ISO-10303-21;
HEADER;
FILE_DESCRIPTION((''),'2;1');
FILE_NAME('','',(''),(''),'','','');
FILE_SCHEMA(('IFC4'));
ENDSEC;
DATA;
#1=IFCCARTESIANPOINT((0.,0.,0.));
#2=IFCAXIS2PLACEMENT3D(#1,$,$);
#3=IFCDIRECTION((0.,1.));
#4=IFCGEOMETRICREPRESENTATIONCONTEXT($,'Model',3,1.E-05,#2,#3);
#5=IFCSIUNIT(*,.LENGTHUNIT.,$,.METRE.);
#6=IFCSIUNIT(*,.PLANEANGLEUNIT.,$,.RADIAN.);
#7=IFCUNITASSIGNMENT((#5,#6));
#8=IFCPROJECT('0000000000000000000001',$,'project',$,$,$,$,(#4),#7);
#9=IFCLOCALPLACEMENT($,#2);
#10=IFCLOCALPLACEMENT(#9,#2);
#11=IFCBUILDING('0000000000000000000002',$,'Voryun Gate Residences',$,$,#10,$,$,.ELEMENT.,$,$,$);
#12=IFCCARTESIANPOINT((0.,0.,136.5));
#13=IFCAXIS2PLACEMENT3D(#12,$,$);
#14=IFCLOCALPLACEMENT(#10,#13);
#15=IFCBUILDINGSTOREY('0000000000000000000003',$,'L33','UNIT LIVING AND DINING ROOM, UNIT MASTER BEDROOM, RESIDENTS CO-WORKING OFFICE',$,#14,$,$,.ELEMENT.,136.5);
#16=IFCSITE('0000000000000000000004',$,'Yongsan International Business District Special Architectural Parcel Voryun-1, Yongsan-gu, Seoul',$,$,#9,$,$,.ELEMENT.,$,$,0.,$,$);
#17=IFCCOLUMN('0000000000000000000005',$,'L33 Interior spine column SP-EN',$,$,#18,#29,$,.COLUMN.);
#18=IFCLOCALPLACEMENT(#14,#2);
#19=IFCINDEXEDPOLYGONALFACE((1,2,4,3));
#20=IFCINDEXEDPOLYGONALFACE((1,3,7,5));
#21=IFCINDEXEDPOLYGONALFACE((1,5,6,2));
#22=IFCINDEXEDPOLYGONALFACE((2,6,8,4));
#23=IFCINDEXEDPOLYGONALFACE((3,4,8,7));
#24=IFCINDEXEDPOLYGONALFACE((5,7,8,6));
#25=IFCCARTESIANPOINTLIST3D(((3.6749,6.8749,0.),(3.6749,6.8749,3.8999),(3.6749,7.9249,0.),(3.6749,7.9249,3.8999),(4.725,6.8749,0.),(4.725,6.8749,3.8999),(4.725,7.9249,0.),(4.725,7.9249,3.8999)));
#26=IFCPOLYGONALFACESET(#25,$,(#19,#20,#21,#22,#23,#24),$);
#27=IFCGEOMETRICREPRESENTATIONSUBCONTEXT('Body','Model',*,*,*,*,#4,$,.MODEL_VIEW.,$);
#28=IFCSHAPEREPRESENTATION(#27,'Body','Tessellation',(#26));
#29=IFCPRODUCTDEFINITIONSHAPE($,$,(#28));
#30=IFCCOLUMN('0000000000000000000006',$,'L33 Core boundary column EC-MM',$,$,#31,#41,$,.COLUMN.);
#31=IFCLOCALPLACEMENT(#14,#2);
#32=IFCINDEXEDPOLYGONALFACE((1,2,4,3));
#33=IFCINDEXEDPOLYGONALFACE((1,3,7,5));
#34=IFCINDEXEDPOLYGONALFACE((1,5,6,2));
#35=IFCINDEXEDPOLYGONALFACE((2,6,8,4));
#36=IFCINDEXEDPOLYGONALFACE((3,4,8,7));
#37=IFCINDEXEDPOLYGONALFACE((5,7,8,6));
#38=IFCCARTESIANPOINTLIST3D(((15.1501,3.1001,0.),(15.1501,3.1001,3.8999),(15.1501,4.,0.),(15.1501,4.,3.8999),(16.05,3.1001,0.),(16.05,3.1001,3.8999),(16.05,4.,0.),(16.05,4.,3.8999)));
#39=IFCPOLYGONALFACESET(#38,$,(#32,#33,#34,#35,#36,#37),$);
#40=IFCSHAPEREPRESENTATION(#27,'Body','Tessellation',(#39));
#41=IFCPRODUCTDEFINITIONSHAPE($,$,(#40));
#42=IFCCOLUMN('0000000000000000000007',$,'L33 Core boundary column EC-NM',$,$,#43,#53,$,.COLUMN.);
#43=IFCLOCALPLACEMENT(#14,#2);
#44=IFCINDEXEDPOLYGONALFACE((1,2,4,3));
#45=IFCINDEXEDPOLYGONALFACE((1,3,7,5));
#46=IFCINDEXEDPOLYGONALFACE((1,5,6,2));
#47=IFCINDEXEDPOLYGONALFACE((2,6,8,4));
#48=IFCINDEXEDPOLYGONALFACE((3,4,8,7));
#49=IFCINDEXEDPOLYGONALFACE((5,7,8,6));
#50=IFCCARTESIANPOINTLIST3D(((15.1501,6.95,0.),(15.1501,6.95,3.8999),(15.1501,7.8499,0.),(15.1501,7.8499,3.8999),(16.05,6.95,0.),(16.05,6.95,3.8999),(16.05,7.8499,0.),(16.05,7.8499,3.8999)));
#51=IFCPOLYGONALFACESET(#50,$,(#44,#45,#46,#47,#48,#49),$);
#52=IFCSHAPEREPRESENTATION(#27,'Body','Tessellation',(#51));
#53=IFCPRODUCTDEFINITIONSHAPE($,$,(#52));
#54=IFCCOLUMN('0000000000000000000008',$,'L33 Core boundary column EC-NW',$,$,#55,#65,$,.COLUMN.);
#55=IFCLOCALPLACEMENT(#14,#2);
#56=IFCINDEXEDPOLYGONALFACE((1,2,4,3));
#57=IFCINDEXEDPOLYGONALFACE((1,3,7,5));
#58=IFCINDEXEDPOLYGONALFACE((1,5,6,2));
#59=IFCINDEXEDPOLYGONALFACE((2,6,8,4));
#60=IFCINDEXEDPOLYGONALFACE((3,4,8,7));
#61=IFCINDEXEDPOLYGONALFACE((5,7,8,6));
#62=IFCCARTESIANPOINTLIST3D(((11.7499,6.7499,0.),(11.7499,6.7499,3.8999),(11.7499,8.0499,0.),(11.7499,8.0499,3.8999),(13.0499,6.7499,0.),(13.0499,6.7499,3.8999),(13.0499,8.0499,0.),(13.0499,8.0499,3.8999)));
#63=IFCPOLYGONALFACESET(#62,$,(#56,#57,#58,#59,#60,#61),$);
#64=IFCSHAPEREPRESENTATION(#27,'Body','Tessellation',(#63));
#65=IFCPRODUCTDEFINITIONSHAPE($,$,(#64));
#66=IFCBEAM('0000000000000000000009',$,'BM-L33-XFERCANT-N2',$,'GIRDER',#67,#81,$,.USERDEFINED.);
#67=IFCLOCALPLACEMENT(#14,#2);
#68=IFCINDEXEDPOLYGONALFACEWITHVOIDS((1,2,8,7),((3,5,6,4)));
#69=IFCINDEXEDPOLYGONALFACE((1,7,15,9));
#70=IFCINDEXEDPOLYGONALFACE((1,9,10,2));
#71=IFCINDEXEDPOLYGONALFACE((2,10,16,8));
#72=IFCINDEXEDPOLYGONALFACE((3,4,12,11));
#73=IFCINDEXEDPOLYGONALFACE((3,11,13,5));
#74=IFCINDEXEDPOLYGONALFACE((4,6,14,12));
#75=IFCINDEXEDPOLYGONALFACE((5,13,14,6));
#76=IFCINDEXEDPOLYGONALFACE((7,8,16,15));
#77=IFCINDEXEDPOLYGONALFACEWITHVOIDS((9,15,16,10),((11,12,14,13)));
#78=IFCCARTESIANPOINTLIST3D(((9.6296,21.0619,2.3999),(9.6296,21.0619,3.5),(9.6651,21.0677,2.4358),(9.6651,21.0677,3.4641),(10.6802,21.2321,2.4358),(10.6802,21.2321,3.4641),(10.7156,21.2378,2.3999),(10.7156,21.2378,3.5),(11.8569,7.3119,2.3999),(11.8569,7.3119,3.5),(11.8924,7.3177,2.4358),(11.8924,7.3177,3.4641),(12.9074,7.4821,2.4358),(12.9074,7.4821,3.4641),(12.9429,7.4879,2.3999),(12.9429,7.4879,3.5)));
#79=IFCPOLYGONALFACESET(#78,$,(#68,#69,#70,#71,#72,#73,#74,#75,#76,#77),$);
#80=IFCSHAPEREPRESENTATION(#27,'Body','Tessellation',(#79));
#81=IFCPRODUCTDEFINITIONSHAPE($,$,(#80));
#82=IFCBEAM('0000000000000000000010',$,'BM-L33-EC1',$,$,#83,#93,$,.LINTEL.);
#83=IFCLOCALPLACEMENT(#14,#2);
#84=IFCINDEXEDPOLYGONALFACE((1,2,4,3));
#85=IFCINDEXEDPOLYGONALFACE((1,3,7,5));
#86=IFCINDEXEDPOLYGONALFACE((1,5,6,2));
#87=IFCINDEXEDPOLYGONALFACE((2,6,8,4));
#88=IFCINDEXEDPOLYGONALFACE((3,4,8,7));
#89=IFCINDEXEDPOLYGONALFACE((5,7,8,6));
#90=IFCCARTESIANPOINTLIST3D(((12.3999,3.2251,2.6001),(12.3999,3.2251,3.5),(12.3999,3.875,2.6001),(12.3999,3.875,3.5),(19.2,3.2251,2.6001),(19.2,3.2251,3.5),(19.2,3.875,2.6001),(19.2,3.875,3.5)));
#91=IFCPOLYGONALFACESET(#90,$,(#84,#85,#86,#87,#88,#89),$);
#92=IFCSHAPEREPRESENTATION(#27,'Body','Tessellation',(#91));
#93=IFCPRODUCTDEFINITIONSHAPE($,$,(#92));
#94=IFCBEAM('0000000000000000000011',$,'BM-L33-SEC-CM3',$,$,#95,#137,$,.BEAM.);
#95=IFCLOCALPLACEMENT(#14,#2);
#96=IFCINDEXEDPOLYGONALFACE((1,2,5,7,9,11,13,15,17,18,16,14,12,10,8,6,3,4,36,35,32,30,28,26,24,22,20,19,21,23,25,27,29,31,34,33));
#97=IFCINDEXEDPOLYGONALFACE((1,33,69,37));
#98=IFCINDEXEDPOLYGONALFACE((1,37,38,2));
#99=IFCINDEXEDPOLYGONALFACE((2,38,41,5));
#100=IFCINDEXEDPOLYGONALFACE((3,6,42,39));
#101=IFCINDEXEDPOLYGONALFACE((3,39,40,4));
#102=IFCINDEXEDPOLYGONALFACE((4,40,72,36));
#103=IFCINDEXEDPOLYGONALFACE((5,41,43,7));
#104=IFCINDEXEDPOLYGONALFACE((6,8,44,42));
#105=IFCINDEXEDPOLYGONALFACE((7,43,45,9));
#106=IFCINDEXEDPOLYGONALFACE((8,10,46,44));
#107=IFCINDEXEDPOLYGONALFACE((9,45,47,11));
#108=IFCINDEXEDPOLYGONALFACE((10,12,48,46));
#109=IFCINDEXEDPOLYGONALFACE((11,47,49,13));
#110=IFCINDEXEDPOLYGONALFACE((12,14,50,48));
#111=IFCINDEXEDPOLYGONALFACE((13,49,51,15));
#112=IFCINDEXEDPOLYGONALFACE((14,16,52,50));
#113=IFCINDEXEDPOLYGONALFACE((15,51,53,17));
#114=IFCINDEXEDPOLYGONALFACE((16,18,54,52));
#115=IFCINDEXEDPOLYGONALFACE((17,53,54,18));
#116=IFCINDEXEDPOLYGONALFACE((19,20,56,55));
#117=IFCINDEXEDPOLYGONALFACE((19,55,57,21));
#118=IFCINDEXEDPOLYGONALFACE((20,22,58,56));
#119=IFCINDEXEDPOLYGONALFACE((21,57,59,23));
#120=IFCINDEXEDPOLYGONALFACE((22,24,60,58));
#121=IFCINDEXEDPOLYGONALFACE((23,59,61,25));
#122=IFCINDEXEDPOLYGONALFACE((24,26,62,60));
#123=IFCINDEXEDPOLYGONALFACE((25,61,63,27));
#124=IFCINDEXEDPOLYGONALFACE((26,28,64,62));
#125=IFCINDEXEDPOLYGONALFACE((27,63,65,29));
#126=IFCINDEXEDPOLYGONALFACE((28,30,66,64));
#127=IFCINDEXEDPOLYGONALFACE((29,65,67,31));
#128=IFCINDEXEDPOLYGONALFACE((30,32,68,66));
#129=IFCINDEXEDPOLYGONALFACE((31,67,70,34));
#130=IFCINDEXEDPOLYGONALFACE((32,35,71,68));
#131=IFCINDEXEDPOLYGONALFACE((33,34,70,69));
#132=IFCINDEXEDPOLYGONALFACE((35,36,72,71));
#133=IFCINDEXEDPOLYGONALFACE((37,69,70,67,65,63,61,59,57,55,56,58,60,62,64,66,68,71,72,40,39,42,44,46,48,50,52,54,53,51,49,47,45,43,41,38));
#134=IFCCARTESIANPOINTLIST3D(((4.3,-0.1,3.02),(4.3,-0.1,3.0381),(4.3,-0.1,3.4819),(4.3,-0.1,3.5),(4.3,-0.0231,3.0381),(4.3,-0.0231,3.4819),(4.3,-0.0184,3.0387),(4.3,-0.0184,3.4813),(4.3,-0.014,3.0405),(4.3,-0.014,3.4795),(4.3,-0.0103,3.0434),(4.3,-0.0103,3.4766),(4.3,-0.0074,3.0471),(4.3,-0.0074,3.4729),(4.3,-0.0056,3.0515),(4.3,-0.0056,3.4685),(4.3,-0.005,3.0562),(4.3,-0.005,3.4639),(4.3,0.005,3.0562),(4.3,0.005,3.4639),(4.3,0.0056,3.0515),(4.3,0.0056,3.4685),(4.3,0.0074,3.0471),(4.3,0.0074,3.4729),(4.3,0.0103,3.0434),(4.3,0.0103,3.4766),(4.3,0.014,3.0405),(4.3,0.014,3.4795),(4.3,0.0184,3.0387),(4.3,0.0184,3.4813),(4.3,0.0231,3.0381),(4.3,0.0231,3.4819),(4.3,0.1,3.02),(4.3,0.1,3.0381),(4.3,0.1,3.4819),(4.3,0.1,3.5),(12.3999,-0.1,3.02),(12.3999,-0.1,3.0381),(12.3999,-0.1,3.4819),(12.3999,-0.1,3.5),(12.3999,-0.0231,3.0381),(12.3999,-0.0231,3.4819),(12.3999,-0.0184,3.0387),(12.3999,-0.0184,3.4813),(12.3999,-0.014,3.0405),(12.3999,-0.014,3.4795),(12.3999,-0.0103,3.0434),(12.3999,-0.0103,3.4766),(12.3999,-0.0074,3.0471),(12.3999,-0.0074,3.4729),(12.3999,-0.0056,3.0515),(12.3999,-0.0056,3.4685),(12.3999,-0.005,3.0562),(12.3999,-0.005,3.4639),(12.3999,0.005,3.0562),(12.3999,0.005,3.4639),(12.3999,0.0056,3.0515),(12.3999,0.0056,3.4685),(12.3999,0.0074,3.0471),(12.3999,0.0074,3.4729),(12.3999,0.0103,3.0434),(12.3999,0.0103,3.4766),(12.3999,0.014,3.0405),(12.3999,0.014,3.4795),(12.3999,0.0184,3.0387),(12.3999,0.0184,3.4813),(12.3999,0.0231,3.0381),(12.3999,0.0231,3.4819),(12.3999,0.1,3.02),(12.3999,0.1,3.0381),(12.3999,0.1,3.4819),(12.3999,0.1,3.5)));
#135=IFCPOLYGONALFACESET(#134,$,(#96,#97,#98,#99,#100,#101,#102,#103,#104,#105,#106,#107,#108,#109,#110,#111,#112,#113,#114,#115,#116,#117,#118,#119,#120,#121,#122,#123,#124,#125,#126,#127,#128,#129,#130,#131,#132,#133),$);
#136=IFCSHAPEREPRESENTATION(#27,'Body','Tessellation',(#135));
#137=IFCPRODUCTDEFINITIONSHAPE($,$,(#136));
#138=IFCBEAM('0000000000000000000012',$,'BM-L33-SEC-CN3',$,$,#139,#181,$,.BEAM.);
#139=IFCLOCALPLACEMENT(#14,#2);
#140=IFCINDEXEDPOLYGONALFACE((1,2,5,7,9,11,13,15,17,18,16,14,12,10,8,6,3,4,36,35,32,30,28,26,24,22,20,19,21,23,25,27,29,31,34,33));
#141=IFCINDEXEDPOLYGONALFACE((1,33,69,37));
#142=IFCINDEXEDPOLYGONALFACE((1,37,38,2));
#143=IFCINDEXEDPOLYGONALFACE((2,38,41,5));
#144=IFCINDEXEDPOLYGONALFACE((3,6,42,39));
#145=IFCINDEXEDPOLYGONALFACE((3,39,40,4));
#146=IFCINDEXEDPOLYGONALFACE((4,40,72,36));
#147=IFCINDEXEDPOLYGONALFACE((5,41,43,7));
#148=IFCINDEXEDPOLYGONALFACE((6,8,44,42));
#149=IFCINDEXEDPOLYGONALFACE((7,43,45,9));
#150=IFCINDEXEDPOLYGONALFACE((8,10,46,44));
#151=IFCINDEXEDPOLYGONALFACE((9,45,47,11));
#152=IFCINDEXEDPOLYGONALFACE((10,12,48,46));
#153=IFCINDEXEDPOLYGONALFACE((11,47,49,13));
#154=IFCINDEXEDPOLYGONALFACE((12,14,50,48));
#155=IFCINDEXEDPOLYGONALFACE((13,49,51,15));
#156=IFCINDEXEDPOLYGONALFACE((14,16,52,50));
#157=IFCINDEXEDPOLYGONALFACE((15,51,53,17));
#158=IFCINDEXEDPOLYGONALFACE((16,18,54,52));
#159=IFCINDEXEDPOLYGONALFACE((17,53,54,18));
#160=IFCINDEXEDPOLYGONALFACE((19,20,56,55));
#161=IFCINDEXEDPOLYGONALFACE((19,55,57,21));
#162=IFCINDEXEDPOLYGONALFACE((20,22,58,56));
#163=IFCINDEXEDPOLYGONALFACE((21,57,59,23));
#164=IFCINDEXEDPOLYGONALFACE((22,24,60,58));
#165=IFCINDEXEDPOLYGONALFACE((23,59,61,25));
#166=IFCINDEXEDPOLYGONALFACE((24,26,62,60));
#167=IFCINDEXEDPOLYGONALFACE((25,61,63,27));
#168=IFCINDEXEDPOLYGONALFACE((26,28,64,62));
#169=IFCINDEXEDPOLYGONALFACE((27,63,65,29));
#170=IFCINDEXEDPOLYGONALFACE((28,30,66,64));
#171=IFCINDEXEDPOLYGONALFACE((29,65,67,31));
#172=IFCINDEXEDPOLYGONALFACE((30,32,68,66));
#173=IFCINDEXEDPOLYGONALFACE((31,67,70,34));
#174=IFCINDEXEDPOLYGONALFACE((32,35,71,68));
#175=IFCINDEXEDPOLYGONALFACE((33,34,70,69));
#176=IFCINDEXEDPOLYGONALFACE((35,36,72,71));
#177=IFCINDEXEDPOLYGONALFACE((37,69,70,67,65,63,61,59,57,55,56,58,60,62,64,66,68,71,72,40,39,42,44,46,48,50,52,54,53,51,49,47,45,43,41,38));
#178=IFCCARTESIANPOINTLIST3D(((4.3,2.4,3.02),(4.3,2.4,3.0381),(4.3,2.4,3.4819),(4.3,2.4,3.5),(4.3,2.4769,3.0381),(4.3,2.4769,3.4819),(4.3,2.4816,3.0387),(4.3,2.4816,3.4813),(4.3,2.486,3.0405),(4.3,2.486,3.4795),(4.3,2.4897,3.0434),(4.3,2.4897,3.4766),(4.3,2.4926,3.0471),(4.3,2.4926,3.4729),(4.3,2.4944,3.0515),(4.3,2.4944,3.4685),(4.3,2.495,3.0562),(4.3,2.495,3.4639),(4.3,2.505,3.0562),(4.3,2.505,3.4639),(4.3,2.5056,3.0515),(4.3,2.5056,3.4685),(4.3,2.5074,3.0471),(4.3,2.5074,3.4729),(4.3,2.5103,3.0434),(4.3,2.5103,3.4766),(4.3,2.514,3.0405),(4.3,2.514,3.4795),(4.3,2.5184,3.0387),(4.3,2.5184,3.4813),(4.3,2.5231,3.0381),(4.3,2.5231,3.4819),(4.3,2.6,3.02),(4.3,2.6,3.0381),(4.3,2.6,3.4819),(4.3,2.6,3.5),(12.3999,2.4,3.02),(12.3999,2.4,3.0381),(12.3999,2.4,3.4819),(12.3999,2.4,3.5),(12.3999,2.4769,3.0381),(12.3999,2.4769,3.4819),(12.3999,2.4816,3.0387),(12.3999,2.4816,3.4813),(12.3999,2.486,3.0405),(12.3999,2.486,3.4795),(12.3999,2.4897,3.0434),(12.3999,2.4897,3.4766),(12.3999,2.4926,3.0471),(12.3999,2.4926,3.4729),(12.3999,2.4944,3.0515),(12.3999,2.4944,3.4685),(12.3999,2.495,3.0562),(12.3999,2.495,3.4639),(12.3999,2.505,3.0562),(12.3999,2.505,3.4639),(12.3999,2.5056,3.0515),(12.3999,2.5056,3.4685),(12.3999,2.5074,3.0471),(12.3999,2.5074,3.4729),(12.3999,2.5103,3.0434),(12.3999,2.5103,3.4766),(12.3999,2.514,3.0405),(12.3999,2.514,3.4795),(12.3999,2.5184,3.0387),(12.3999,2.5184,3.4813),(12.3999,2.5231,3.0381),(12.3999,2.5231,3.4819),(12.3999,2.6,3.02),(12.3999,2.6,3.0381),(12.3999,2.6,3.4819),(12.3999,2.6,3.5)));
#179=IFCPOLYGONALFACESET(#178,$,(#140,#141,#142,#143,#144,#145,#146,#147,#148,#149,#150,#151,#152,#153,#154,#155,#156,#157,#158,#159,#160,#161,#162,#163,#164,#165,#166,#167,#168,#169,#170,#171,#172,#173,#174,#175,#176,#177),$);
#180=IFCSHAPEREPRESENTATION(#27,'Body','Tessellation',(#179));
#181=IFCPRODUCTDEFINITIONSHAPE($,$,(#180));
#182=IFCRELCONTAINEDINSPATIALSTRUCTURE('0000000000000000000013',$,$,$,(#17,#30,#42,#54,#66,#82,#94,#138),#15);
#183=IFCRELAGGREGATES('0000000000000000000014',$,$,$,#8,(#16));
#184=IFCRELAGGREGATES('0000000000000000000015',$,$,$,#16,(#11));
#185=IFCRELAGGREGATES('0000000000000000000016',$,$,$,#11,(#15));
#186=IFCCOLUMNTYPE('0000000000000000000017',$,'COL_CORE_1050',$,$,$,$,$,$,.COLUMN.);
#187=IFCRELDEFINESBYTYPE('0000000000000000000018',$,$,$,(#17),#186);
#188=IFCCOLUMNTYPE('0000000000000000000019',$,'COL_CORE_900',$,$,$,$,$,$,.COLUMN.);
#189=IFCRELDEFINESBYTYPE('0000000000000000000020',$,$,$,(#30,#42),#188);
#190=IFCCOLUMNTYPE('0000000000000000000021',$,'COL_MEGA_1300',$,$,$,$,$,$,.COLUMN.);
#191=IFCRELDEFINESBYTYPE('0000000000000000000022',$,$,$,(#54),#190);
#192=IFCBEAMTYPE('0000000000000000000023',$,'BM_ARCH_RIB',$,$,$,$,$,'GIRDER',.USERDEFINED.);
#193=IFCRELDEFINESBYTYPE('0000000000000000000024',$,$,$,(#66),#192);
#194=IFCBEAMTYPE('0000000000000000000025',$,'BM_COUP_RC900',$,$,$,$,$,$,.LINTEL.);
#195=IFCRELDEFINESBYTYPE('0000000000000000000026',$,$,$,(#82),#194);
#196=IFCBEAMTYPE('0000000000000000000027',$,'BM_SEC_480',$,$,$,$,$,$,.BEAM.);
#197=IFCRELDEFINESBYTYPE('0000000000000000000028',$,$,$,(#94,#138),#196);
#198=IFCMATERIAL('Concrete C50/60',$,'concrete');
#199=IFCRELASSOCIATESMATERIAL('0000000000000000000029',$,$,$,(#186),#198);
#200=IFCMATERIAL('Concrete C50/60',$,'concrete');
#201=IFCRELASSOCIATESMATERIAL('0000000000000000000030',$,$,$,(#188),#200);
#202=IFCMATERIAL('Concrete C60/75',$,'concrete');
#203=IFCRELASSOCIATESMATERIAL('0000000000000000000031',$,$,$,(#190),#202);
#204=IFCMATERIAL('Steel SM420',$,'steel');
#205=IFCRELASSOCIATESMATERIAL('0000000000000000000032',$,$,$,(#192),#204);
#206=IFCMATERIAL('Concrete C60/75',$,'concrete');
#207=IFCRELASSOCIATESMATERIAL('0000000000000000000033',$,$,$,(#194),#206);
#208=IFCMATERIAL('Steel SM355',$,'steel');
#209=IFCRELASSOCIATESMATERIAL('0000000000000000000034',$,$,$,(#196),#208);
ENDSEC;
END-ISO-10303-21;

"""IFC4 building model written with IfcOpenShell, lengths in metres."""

from ifc_helpers import new_model, si_unit, direction, frame, origin, origin_2d, place, context, subcontext, project, spatial, rectangle, hollow_rectangle, i_section, extrude, material, material_profile, profile_set, type_object, element, save


model = new_model("IFC4")

# Units and contexts
model_context = context("Model", 3, precision=1e-05, world=origin(), true_north=direction((0.0, 1.0)))
body_context = subcontext(model_context, "Body", "Model", "MODEL_VIEW")
ifc_project = project(units=[si_unit("LENGTHUNIT", "METRE"), si_unit("PLANEANGLEUNIT", "RADIAN")], contexts=[model_context])

# Site, building, storey
site_placement = place(None, origin())
site = spatial("IfcSite", under=ifc_project, at=site_placement, Name="Yongsan International Business District Special Architectural Parcel Voryun-1, Yongsan-gu, Seoul", CompositionType="ELEMENT", RefElevation=0.0)
building_placement = place(site_placement, origin())
building = spatial("IfcBuilding", under=site, at=building_placement, Name="Voryun Gate Residences", CompositionType="ELEMENT")
storey_placement = place(building_placement, frame((0.0, 0.0, 136.5)))
storey = spatial("IfcBuildingStorey", under=building, at=storey_placement, Name="L33", Description="UNIT LIVING AND DINING ROOM, UNIT MASTER BEDROOM, RESIDENTS CO-WORKING OFFICE", CompositionType="ELEMENT", Elevation=136.5)

# Columns
ifc_material_1 = material(Name="Concrete C50/60", Category="concrete")
ifc_material_profile_1 = material_profile(ifc_material_1, rectangle(XDim=1.05, YDim=1.05, at=origin_2d()), Name="RC-1050x1050")
ifc_profile_set_1 = profile_set([ifc_material_profile_1], Name="Concrete C50/60")
column_type_1 = type_object("IfcColumnType", Name="COL_CORE_1050", PredefinedType="COLUMN", material=ifc_profile_set_1)
column_1_placement = place(storey_placement, frame((4.2, 7.3999, 0.0), z_axis=(0.0, 0.0, 1.0), x_axis=(1.0, 0.0, 0.0)))
element("IfcColumn", 1, at=column_1_placement, inside=storey, type_object=column_type_1, Name="L33 Interior spine column SP-EN", PredefinedType="COLUMN", context=body_context, shape_type="SweptSolid", body=[
    extrude(rectangle(XDim=1.05, YDim=1.05, at=origin_2d()), origin(), (0.0, 0.0, 1.0), 3.8999),
])
ifc_material_2 = material(Name="Concrete C50/60", Category="concrete")
ifc_material_profile_2 = material_profile(ifc_material_2, rectangle(XDim=0.8999, YDim=0.8999, at=origin_2d()), Name="RC-900x900")
ifc_profile_set_2 = profile_set([ifc_material_profile_2], Name="Concrete C50/60")
column_type_2 = type_object("IfcColumnType", Name="COL_CORE_900", PredefinedType="COLUMN", material=ifc_profile_set_2)
for number, where, z_axis, x_axis, name in (
    (2, (15.6001, 3.55, 0.0), (0.0, 0.0, 1.0), (1.0, 0.0, 0.0), "L33 Core boundary column EC-MM"),
    (3, (15.6001, 7.3999, 0.0), (0.0, 0.0, 1.0), (1.0, 0.0, 0.0), "L33 Core boundary column EC-NM"),
):
    element("IfcColumn", number, at=place(storey_placement, frame(where, z_axis=z_axis, x_axis=x_axis)), inside=storey, type_object=column_type_2, Name=name, PredefinedType="COLUMN", context=body_context, shape_type="SweptSolid", body=[
        extrude(rectangle(XDim=0.8999, YDim=0.8999, at=origin_2d()), origin(), (0.0, 0.0, 1.0), 3.8999),
    ])
ifc_material_3 = material(Name="Concrete C60/75", Category="concrete")
ifc_material_profile_3 = material_profile(ifc_material_3, rectangle(XDim=1.3, YDim=1.3, at=origin_2d()), Name="RC-1300x1300")
ifc_profile_set_3 = profile_set([ifc_material_profile_3], Name="Concrete C60/75")
column_type_3 = type_object("IfcColumnType", Name="COL_MEGA_1300", PredefinedType="COLUMN", material=ifc_profile_set_3)
column_2_placement = place(storey_placement, frame((12.3999, 7.3999, 0.0), z_axis=(0.0, 0.0, 1.0), x_axis=(1.0, 0.0, 0.0)))
element("IfcColumn", 4, at=column_2_placement, inside=storey, type_object=column_type_3, Name="L33 Core boundary column EC-NW", PredefinedType="COLUMN", context=body_context, shape_type="SweptSolid", body=[
    extrude(rectangle(XDim=1.3, YDim=1.3, at=origin_2d()), origin(), (0.0, 0.0, 1.0), 3.8999),
])

# Beams
ifc_material_4 = material(Name="Steel SM420", Category="steel")
ifc_material_profile_4 = material_profile(ifc_material_4, hollow_rectangle(XDim=1.1001, YDim=1.1001, WallThickness=0.0359, at=origin_2d()), Name="BOX-1100x1100x36")
ifc_profile_set_4 = profile_set([ifc_material_profile_4], Name="Steel SM420")
beam_type_1 = type_object("IfcBeamType", Name="BM_ARCH_RIB", ElementType="GIRDER", PredefinedType="USERDEFINED", material=ifc_profile_set_4)
beam_1_placement = place(storey_placement, frame((12.3999, 7.3999, 2.95), z_axis=(-0.159901, 0.987133, 0.0), x_axis=(-0.987133, -0.159901, 0.0)))
element("IfcBeam", 5, at=beam_1_placement, inside=storey, type_object=beam_type_1, Name="BM-L33-XFERCANT-N2", ObjectType="GIRDER", PredefinedType="USERDEFINED", context=body_context, shape_type="SweptSolid", body=[
    extrude(hollow_rectangle(XDim=1.1001, YDim=1.1001, WallThickness=0.0359, at=origin_2d()), origin(), (0.0, 0.0, 1.0), 13.9292),
])
ifc_material_5 = material(Name="Concrete C60/75", Category="concrete")
ifc_material_profile_5 = material_profile(ifc_material_5, rectangle(XDim=0.6499, YDim=0.8999, at=origin_2d()), Name="RC-650x900")
ifc_profile_set_5 = profile_set([ifc_material_profile_5], Name="Concrete C60/75")
beam_type_2 = type_object("IfcBeamType", Name="BM_COUP_RC900", PredefinedType="LINTEL", material=ifc_profile_set_5)
beam_2_placement = place(storey_placement, frame((12.3999, 3.55, 3.05), z_axis=(1.0, 0.0, 0.0), x_axis=(0.0, 1.0, 0.0)))
element("IfcBeam", 6, at=beam_2_placement, inside=storey, type_object=beam_type_2, Name="BM-L33-EC1", PredefinedType="LINTEL", context=body_context, shape_type="SweptSolid", body=[
    extrude(rectangle(XDim=0.6499, YDim=0.8999, at=origin_2d()), origin(), (0.0, 0.0, 1.0), 6.8),
])
ifc_material_6 = material(Name="Steel SM355", Category="steel")
ifc_material_profile_6 = material_profile(ifc_material_6, i_section(OverallWidth=0.2, OverallDepth=0.48, WebThickness=0.01, FlangeThickness=0.0181, FilletRadius=0.0181, at=origin_2d()), Name="H-480x200x10x18")
ifc_profile_set_6 = profile_set([ifc_material_profile_6], Name="Steel SM355")
beam_type_3 = type_object("IfcBeamType", Name="BM_SEC_480", PredefinedType="BEAM", material=ifc_profile_set_6)
for number, where, z_axis, x_axis, name in (
    (7, (4.3, 0.0, 3.26), (1.0, 0.0, 0.0), (0.0, 1.0, 0.0), "BM-L33-SEC-CM3"),
    (8, (4.3, 2.5, 3.26), (1.0, 0.0, 0.0), (0.0, 1.0, 0.0), "BM-L33-SEC-CN3"),
):
    element("IfcBeam", number, at=place(storey_placement, frame(where, z_axis=z_axis, x_axis=x_axis)), inside=storey, type_object=beam_type_3, Name=name, PredefinedType="BEAM", context=body_context, shape_type="SweptSolid", body=[
        extrude(i_section(OverallWidth=0.2, OverallDepth=0.48, WebThickness=0.01, FlangeThickness=0.0181, FilletRadius=0.0181, at=origin_2d()), origin(), (0.0, 0.0, 1.0), 8.0999),
    ])

save(model, "model.ifc")
